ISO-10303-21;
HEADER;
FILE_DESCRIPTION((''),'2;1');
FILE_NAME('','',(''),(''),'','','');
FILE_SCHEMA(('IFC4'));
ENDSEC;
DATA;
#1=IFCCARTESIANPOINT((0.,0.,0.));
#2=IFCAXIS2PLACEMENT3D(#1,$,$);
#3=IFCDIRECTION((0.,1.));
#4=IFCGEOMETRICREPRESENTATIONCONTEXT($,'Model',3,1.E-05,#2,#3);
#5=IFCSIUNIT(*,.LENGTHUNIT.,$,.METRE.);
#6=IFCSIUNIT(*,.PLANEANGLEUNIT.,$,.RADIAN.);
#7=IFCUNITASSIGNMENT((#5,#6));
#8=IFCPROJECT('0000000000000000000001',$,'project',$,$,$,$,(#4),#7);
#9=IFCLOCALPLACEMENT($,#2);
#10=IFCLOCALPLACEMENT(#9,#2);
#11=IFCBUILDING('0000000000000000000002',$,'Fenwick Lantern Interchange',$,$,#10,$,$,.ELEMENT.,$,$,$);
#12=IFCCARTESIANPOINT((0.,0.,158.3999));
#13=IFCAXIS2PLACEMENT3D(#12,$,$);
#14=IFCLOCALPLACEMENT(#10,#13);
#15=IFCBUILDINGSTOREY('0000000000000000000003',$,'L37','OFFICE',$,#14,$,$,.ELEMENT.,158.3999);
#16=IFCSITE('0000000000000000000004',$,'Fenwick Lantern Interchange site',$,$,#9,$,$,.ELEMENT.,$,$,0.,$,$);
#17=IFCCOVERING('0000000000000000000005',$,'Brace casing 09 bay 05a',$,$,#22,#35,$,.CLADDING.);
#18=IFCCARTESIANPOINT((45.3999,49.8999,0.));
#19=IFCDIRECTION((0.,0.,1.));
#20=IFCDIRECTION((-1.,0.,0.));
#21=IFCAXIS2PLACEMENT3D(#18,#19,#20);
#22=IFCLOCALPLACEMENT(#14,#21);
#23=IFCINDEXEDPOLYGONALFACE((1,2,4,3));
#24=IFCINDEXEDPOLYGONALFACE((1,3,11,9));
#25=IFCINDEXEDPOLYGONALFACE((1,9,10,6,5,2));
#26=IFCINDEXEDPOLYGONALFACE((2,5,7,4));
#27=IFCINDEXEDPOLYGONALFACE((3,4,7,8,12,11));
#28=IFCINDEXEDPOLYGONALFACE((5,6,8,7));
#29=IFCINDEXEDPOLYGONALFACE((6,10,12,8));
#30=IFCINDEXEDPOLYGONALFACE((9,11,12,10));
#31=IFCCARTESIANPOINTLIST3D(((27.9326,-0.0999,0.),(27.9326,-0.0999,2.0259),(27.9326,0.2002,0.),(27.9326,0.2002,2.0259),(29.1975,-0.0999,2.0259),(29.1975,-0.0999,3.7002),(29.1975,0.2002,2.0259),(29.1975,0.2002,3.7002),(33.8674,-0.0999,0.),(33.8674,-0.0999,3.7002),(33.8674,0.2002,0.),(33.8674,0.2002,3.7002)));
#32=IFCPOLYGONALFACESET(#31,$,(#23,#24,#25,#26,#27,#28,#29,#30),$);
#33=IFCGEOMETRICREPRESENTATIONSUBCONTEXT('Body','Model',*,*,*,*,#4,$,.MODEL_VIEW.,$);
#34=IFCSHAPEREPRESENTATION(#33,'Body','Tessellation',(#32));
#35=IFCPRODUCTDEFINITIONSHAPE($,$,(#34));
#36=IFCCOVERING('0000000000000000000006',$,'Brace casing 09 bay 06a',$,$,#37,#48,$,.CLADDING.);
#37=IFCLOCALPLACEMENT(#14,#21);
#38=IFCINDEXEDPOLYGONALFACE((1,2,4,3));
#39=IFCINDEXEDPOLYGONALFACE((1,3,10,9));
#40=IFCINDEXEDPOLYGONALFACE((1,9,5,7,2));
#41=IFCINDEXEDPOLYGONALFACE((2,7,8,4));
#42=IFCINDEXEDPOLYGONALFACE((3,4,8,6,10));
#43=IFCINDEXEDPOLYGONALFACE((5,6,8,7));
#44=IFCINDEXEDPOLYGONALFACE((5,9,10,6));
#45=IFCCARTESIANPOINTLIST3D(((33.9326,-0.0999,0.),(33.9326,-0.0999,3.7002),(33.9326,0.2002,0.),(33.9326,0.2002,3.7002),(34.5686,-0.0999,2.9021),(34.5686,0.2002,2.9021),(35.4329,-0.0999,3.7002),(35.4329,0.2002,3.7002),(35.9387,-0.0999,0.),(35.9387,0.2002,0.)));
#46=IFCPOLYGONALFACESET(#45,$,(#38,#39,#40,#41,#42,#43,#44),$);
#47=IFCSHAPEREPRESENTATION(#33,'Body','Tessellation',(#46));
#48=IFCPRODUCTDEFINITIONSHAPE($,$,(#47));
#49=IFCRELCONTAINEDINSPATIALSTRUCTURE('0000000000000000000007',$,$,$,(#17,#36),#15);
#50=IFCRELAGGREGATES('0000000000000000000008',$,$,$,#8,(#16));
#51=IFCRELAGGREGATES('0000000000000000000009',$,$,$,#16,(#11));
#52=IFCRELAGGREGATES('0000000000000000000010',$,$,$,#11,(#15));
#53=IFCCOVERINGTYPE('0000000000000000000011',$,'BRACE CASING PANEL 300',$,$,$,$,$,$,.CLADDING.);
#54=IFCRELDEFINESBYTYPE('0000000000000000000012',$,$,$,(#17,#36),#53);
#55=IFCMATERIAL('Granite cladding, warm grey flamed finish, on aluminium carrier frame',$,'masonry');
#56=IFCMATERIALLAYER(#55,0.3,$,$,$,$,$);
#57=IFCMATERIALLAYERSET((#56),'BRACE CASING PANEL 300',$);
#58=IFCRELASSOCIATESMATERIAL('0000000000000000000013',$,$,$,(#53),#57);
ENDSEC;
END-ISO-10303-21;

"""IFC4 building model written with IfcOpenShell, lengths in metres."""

from ifc_helpers import new_model, si_unit, direction, frame, origin, place, context, subcontext, project, spatial, polyline, outline, extrude, material, layer, layer_set, type_object, element, save


model = new_model("IFC4")

# Units and contexts
model_context = context("Model", 3, precision=1e-05, world=origin(), true_north=direction((0.0, 1.0)))
body_context = subcontext(model_context, "Body", "Model", "MODEL_VIEW")
ifc_project = project(units=[si_unit("LENGTHUNIT", "METRE"), si_unit("PLANEANGLEUNIT", "RADIAN")], contexts=[model_context])

# Site, building, storey
site_placement = place(None, origin())
site = spatial("IfcSite", under=ifc_project, at=site_placement, Name="Fenwick Lantern Interchange site", CompositionType="ELEMENT", RefElevation=0.0)
building_placement = place(site_placement, origin())
building = spatial("IfcBuilding", under=site, at=building_placement, Name="Fenwick Lantern Interchange", CompositionType="ELEMENT")
storey_placement = place(building_placement, frame((0.0, 0.0, 158.3999)))
storey = spatial("IfcBuildingStorey", under=building, at=storey_placement, Name="L37", Description="OFFICE", CompositionType="ELEMENT", Elevation=158.3999)

# Coverings
ifc_material_1 = material(Name="Granite cladding, warm grey flamed finish, on aluminium carrier frame", Category="masonry")
ifc_layer_1 = layer(ifc_material_1, 0.3)
ifc_layer_set_1 = layer_set([ifc_layer_1], Name="BRACE CASING PANEL 300")
covering_type = type_object("IfcCoveringType", Name="BRACE CASING PANEL 300", PredefinedType="CLADDING", material=ifc_layer_set_1)
covering_1_placement = place(storey_placement, frame((45.3999, 49.8999, 0.0), z_axis=(0.0, 0.0, 1.0), x_axis=(-1.0, 0.0, 0.0)))
element("IfcCovering", 1, at=covering_1_placement, inside=storey, type_object=covering_type, Name="Brace casing 09 bay 05a", PredefinedType="CLADDING", context=body_context, shape_type="SweptSolid", body=[
    extrude(outline(polyline([(27.9326, 0.0), (33.8674, 0.0), (33.8674, 3.7002), (29.1975, 3.7002), (29.1975, 2.0259), (27.9326, 2.0259), (27.9326, 0.0)])), frame((0.0, 0.2002, 0.0), z_axis=(0.0, -1.0, 0.0), x_axis=(1.0, 0.0, 0.0)), (0.0, 0.0, 1.0), 0.3),
])
covering_2_placement = place(storey_placement, frame((45.3999, 49.8999, 0.0), z_axis=(0.0, 0.0, 1.0), x_axis=(-1.0, 0.0, 0.0)))
element("IfcCovering", 2, at=covering_2_placement, inside=storey, type_object=covering_type, Name="Brace casing 09 bay 06a", PredefinedType="CLADDING", context=body_context, shape_type="SweptSolid", body=[
    extrude(outline(polyline([(33.9326, 0.0), (35.9387, 0.0), (34.5686, 2.9021), (35.4329, 3.7002), (33.9326, 3.7002), (33.9326, 0.0)])), frame((0.0, 0.2002, 0.0), z_axis=(0.0, -1.0, 0.0), x_axis=(1.0, 0.0, 0.0)), (0.0, 0.0, 1.0), 0.3),
])

save(model, "model.ifc")
